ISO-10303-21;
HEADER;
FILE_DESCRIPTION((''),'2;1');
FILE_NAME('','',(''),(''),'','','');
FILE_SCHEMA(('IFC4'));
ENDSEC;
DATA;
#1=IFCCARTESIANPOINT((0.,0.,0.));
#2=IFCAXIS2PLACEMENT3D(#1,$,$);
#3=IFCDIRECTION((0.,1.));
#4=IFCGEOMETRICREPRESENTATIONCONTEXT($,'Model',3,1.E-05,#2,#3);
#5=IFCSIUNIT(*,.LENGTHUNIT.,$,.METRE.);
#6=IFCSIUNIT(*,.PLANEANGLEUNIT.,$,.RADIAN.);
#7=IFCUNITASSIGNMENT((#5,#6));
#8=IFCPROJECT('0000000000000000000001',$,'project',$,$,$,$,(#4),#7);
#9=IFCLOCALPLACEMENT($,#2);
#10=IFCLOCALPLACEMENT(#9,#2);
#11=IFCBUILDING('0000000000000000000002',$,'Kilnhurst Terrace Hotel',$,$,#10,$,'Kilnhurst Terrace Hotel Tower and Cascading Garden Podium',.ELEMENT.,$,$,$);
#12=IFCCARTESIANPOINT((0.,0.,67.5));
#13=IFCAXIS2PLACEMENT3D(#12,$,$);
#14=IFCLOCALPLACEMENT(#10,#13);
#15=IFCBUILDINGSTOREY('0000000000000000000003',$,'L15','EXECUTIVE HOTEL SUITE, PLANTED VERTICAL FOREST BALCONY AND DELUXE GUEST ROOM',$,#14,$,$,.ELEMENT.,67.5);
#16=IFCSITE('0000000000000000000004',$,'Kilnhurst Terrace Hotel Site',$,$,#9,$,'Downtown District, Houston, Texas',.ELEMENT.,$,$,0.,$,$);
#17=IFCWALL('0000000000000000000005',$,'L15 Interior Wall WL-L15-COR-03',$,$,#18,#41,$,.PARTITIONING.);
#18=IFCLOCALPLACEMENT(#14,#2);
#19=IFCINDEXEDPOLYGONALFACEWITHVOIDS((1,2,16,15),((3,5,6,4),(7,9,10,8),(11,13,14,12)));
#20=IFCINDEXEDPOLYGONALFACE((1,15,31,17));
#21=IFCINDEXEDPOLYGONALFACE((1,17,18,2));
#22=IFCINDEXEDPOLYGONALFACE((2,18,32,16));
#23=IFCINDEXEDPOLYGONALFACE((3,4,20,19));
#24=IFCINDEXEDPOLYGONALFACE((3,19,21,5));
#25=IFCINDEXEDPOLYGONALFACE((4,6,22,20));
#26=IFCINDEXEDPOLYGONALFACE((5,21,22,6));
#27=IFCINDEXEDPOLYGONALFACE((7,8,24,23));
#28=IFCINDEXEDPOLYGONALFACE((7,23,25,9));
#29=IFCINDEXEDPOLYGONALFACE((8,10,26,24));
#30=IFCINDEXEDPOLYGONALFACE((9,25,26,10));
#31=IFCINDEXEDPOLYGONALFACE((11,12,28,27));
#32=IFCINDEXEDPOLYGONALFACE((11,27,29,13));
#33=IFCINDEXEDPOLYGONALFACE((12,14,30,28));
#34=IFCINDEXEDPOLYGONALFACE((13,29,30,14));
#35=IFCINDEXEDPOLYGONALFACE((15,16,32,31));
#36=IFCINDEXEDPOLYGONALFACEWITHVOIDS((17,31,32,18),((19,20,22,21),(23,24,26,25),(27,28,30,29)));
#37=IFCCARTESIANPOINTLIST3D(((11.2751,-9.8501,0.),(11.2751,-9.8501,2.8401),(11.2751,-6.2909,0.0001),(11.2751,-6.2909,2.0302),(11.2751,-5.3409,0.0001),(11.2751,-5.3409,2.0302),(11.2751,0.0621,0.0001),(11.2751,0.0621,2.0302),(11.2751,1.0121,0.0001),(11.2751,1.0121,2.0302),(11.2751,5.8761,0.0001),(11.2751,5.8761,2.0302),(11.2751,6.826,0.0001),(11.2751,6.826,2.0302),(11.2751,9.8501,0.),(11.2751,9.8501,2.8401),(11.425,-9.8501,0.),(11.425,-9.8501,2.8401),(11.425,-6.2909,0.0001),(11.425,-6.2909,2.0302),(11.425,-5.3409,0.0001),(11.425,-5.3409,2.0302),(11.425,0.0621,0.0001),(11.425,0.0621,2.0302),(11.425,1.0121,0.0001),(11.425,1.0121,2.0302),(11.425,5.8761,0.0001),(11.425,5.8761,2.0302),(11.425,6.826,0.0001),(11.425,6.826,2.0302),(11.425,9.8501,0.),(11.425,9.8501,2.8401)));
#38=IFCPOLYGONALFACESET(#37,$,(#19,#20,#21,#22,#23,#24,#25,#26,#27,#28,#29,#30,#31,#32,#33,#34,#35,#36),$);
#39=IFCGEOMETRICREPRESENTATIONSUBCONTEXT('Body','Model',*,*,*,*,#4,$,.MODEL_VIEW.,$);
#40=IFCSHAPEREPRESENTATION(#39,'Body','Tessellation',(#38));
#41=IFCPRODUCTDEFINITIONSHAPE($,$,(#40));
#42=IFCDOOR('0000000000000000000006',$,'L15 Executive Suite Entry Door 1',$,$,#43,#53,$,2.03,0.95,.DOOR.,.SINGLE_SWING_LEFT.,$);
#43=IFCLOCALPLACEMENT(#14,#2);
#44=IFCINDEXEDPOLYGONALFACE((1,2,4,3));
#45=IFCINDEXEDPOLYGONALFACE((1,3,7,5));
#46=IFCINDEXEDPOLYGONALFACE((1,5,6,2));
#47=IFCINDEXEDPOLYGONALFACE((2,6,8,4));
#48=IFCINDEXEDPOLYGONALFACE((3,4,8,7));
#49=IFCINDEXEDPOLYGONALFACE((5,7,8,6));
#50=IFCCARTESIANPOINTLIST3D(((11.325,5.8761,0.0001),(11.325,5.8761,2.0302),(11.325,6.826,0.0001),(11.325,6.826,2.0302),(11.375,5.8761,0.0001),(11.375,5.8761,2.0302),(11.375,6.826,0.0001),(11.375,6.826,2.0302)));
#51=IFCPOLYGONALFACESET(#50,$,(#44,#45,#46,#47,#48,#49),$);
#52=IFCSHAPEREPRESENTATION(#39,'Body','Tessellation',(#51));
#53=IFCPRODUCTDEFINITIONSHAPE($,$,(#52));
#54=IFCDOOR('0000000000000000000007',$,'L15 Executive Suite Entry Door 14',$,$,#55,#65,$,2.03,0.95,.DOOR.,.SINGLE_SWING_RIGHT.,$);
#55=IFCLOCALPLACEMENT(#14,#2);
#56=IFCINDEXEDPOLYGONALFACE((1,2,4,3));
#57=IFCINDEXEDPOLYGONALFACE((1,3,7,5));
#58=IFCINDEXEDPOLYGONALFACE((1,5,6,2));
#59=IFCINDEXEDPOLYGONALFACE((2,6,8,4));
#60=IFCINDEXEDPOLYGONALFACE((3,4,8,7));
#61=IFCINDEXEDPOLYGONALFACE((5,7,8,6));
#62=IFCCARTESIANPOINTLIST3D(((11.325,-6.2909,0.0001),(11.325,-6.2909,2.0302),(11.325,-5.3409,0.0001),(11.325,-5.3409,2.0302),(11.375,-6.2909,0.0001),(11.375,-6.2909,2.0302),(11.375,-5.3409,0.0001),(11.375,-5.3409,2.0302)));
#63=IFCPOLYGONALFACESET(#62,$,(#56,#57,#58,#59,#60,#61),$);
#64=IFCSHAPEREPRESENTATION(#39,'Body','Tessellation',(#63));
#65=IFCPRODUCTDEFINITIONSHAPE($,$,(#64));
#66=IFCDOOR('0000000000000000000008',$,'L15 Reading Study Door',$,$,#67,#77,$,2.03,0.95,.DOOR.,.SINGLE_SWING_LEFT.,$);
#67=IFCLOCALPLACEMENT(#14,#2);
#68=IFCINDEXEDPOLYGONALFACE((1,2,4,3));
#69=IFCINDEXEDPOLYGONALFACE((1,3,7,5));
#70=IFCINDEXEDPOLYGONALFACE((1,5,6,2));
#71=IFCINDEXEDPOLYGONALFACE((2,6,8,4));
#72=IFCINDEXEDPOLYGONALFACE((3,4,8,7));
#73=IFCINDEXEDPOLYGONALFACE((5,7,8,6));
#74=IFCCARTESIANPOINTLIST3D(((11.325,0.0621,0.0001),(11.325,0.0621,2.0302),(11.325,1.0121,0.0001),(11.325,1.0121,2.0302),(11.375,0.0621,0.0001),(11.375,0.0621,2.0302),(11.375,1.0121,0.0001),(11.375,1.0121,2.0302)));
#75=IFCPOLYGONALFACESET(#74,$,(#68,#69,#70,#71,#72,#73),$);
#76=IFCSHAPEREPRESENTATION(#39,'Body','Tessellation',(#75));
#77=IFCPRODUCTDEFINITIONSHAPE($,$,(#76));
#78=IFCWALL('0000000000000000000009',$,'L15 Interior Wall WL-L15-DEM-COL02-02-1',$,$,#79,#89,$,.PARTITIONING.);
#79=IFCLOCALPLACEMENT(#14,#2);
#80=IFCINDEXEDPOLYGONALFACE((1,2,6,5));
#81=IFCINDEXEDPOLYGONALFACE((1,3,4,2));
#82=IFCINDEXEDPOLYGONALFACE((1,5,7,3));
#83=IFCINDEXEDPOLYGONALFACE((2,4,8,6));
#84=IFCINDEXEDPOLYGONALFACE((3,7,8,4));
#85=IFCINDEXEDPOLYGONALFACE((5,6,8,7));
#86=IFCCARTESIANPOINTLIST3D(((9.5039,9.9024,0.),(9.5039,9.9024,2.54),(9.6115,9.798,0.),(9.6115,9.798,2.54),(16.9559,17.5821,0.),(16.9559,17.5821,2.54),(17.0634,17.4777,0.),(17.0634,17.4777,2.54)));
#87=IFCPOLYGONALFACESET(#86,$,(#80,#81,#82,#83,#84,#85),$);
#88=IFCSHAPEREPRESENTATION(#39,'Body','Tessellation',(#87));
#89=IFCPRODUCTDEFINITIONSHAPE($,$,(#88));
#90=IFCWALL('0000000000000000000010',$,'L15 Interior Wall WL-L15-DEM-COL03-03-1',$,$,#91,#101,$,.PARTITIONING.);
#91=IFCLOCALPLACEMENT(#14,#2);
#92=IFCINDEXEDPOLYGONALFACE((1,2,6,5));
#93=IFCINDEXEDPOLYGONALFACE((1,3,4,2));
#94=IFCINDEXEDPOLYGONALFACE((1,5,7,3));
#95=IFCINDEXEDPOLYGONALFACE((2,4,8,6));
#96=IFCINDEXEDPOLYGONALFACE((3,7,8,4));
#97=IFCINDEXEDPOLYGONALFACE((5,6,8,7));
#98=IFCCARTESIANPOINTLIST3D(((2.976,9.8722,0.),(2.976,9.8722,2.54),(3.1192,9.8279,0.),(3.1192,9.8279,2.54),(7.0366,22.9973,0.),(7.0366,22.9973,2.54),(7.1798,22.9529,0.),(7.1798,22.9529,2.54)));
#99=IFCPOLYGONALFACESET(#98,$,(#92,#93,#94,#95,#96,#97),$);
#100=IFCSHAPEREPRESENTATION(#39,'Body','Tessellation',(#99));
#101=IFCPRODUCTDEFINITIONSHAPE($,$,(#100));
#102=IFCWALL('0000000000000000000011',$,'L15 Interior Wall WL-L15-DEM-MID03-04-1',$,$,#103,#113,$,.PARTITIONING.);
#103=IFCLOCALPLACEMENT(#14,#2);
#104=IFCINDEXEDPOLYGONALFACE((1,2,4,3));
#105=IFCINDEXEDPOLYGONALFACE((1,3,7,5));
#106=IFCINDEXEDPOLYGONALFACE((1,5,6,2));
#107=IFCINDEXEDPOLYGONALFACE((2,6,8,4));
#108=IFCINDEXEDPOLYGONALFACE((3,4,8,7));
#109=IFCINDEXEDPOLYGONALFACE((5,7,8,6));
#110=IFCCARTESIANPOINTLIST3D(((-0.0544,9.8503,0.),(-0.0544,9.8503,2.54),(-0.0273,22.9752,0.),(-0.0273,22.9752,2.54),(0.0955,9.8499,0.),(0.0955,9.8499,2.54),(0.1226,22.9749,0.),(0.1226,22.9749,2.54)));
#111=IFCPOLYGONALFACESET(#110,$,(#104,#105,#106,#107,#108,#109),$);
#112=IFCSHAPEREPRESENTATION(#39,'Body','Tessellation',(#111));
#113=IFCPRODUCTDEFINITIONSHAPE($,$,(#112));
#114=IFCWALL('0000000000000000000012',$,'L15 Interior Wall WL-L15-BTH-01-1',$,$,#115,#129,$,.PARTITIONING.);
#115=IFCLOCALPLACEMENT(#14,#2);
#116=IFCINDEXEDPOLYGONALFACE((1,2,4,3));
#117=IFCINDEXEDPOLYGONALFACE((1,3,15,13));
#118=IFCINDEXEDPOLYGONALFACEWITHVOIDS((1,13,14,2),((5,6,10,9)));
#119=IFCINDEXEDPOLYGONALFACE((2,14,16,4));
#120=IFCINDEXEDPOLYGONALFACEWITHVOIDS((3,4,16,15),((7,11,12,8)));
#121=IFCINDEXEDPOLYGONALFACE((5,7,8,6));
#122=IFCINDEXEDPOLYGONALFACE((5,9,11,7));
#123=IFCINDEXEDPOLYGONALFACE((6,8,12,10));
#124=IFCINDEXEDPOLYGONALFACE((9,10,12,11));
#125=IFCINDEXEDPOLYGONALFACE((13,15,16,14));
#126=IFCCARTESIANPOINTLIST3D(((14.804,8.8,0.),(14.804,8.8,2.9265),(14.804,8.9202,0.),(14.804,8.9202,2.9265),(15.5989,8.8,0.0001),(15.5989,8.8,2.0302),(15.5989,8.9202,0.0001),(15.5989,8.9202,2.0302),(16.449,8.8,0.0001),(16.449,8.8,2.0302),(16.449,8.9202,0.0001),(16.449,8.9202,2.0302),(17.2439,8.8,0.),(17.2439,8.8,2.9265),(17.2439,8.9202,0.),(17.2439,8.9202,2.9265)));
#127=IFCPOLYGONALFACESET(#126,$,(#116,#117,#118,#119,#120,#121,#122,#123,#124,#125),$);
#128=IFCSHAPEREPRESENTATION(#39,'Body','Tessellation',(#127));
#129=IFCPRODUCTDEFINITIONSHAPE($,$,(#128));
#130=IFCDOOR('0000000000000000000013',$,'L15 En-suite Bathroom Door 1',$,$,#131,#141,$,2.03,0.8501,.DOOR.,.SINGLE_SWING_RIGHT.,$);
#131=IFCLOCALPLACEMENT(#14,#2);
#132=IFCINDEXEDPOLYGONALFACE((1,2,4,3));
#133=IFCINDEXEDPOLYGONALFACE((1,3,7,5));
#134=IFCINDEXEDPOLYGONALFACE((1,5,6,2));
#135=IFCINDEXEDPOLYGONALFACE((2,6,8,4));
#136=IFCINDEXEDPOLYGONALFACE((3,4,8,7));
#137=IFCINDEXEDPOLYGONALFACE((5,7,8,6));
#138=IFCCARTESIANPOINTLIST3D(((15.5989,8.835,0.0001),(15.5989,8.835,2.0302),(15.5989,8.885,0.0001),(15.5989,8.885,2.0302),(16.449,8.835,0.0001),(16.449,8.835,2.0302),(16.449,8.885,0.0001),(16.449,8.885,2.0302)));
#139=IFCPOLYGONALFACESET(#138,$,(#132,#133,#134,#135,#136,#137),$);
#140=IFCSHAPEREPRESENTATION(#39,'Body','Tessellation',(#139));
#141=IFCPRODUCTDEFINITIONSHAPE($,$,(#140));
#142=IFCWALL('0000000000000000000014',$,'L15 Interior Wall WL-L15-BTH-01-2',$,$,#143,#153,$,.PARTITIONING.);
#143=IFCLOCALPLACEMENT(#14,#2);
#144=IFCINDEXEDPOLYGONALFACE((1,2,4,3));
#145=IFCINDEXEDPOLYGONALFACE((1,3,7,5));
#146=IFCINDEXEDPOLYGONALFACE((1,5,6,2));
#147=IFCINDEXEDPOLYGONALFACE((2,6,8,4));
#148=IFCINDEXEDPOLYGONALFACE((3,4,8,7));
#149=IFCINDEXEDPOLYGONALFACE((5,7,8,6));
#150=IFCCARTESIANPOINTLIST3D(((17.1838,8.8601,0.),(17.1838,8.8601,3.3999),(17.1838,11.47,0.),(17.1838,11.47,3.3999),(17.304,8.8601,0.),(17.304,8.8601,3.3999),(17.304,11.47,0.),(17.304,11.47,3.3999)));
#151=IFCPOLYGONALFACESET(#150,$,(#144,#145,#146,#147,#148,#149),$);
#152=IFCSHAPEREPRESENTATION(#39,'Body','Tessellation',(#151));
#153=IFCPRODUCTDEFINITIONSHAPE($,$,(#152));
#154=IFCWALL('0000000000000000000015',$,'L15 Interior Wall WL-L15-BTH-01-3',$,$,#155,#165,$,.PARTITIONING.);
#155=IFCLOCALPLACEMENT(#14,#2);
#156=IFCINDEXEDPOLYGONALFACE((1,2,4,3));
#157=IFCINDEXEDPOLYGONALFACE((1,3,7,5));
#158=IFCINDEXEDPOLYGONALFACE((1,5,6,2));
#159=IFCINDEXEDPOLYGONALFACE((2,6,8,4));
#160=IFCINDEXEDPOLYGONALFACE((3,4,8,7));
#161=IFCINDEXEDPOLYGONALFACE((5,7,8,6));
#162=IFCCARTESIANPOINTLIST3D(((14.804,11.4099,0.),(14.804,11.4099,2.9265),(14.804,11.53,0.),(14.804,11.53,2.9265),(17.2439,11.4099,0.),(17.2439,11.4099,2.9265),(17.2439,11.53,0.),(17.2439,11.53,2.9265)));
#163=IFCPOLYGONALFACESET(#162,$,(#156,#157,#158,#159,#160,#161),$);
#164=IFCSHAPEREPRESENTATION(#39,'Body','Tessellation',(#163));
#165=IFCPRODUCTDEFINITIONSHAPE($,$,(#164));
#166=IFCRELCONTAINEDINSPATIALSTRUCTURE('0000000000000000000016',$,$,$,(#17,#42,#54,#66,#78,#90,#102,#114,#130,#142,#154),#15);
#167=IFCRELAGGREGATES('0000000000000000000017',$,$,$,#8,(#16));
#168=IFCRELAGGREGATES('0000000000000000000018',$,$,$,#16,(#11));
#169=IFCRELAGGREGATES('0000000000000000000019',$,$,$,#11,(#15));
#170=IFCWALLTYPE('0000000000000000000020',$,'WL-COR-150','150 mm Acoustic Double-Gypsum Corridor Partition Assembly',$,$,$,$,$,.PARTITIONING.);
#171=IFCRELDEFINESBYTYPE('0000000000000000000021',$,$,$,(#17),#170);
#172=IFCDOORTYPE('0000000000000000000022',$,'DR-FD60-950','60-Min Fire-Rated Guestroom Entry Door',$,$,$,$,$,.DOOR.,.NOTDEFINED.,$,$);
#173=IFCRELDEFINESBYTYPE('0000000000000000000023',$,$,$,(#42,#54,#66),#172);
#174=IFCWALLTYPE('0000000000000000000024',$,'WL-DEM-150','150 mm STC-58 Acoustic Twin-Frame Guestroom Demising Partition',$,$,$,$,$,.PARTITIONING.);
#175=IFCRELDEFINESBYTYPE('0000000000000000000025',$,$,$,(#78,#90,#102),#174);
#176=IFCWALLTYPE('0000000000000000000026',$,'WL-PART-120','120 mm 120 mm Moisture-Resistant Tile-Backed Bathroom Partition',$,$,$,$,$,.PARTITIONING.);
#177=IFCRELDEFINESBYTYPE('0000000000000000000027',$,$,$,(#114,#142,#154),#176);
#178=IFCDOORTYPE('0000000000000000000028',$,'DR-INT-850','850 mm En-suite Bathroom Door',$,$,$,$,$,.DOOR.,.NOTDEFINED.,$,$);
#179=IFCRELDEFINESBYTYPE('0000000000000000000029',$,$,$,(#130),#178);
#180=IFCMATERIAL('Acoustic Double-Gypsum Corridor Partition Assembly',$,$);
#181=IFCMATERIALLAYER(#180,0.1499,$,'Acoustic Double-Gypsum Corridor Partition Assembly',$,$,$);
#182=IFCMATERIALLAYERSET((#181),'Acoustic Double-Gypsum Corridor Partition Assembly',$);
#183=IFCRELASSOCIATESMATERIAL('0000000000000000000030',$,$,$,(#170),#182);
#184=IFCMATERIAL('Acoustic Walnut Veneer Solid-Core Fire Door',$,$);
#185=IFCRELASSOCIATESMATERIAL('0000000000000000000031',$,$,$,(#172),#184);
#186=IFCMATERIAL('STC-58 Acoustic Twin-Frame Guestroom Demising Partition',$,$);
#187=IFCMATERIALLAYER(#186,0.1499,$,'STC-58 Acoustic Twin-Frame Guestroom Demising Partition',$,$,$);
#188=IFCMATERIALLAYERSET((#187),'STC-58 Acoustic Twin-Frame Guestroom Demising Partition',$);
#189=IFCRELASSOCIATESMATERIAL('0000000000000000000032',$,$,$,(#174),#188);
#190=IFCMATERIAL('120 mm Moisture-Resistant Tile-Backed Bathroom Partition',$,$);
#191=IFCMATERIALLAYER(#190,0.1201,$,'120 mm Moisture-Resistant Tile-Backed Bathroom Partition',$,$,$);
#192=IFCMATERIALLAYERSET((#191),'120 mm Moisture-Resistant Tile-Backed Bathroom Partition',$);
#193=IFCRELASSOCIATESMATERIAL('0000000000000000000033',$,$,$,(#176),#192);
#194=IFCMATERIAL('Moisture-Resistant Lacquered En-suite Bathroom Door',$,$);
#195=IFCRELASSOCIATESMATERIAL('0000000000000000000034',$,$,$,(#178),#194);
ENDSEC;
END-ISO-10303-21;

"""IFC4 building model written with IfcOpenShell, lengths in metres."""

from ifc_helpers import new_model, si_unit, direction, frame, frame_2d, origin, place, context, subcontext, project, spatial, rectangle, extrude, material, layer, layer_set, type_object, element, fill, save


model = new_model("IFC4")

# Units and contexts
model_context = context("Model", 3, precision=1e-05, world=origin(), true_north=direction((0.0, 1.0)))
body_context = subcontext(model_context, "Body", "Model", "MODEL_VIEW")
ifc_project = project(units=[si_unit("LENGTHUNIT", "METRE"), si_unit("PLANEANGLEUNIT", "RADIAN")], contexts=[model_context])

# Site, building, storey
site_placement = place(None, origin())
site = spatial("IfcSite", under=ifc_project, at=site_placement, Name="Kilnhurst Terrace Hotel Site", LongName="Downtown District, Houston, Texas", CompositionType="ELEMENT", RefElevation=0.0)
building_placement = place(site_placement, origin())
building = spatial("IfcBuilding", under=site, at=building_placement, Name="Kilnhurst Terrace Hotel", LongName="Kilnhurst Terrace Hotel Tower and Cascading Garden Podium", CompositionType="ELEMENT")
storey_placement = place(building_placement, frame((0.0, 0.0, 67.5)))
storey = spatial("IfcBuildingStorey", under=building, at=storey_placement, Name="L15", Description="EXECUTIVE HOTEL SUITE, PLANTED VERTICAL FOREST BALCONY AND DELUXE GUEST ROOM", CompositionType="ELEMENT", Elevation=67.5)

# Wall, openings, doors
ifc_material_1 = material(Name="Acoustic Double-Gypsum Corridor Partition Assembly")
ifc_layer_1 = layer(ifc_material_1, 0.1499, Name="Acoustic Double-Gypsum Corridor Partition Assembly")
ifc_layer_set_1 = layer_set([ifc_layer_1], Name="Acoustic Double-Gypsum Corridor Partition Assembly")
wall_type_1 = type_object("IfcWallType", Name="WL-COR-150", Description="150 mm Acoustic Double-Gypsum Corridor Partition Assembly", PredefinedType="PARTITIONING", material=ifc_layer_set_1)
wall_1_placement = place(storey_placement, frame((11.3501, 9.8501, 0.0), z_axis=(0.0, 0.0, 1.0), x_axis=(0.0, -1.0, 0.0)))
wall_1 = element("IfcWall", 1, at=wall_1_placement, inside=storey, type_object=wall_type_1, Name="L15 Interior Wall WL-L15-COR-03", PredefinedType="PARTITIONING", context=body_context, shape_type="SweptSolid", body=[
    extrude(rectangle(XDim=19.7002, YDim=0.1499, at=frame_2d((9.8501, 0.0))), origin(), (0.0, 0.0, 1.0), 2.8401),
])
opening_1_placement = place(wall_1_placement, frame((3.0239, 0.0, 0.0)))
opening_1 = element("IfcOpeningElement", 2, at=opening_1_placement, cuts=wall_1, PredefinedType="OPENING", context=body_context, shape_type="SweptSolid", body=[
    extrude(rectangle(XDim=0.95, YDim=2.03, at=frame_2d((0.4751, 1.0151))), frame((0.0, 0.085, 0.0), z_axis=(0.0, -1.0, 0.0), x_axis=(1.0, 0.0, 0.0)), (0.0, 0.0, 1.0), 0.1699),
])
opening_2_placement = place(wall_1_placement, frame((15.1909, 0.0, 0.0)))
opening_2 = element("IfcOpeningElement", 3, at=opening_2_placement, cuts=wall_1, PredefinedType="OPENING", context=body_context, shape_type="SweptSolid", body=[
    extrude(rectangle(XDim=0.95, YDim=2.03, at=frame_2d((0.4751, 1.0151))), frame((0.0, 0.085, 0.0), z_axis=(0.0, -1.0, 0.0), x_axis=(1.0, 0.0, 0.0)), (0.0, 0.0, 1.0), 0.1699),
])
opening_3_placement = place(wall_1_placement, frame((8.8379, 0.0, 0.0)))
opening_3 = element("IfcOpeningElement", 4, at=opening_3_placement, cuts=wall_1, PredefinedType="OPENING", context=body_context, shape_type="SweptSolid", body=[
    extrude(rectangle(XDim=0.95, YDim=2.03, at=frame_2d((0.4751, 1.0151))), frame((0.0, 0.085, 0.0), z_axis=(0.0, -1.0, 0.0), x_axis=(1.0, 0.0, 0.0)), (0.0, 0.0, 1.0), 0.1699),
])
ifc_material_2 = material(Name="Acoustic Walnut Veneer Solid-Core Fire Door")
door_type_1 = type_object("IfcDoorType", Name="DR-FD60-950", Description="60-Min Fire-Rated Guestroom Entry Door", OperationType="NOTDEFINED", PredefinedType="DOOR", material=ifc_material_2)
door_1_placement = place(opening_1_placement, origin())
door_1 = element("IfcDoor", 5, at=door_1_placement, inside=storey, type_object=door_type_1, Name="L15 Executive Suite Entry Door 1", OperationType="SINGLE_SWING_LEFT", OverallHeight=2.03, OverallWidth=0.95, PredefinedType="DOOR", context=body_context, shape_type="SweptSolid", body=[
    extrude(rectangle(XDim=0.95, YDim=2.03, at=frame_2d((0.4751, 1.0151))), frame((0.0, 0.0249, 0.0), z_axis=(0.0, -1.0, 0.0), x_axis=(1.0, 0.0, 0.0)), (0.0, 0.0, 1.0), 0.05),
])
fill(opening_1, door_1)
door_2_placement = place(opening_2_placement, origin())
door_2 = element("IfcDoor", 6, at=door_2_placement, inside=storey, type_object=door_type_1, Name="L15 Executive Suite Entry Door 14", OperationType="SINGLE_SWING_RIGHT", OverallHeight=2.03, OverallWidth=0.95, PredefinedType="DOOR", context=body_context, shape_type="SweptSolid", body=[
    extrude(rectangle(XDim=0.95, YDim=2.03, at=frame_2d((0.4751, 1.0151))), frame((0.0, 0.0249, 0.0), z_axis=(0.0, -1.0, 0.0), x_axis=(1.0, 0.0, 0.0)), (0.0, 0.0, 1.0), 0.05),
])
fill(opening_2, door_2)
door_3_placement = place(opening_3_placement, origin())
door_3 = element("IfcDoor", 7, at=door_3_placement, inside=storey, type_object=door_type_1, Name="L15 Reading Study Door", OperationType="SINGLE_SWING_LEFT", OverallHeight=2.03, OverallWidth=0.95, PredefinedType="DOOR", context=body_context, shape_type="SweptSolid", body=[
    extrude(rectangle(XDim=0.95, YDim=2.03, at=frame_2d((0.4751, 1.0151))), frame((0.0, 0.0249, 0.0), z_axis=(0.0, -1.0, 0.0), x_axis=(1.0, 0.0, 0.0)), (0.0, 0.0, 1.0), 0.05),
])
fill(opening_3, door_3)

# Walls
ifc_material_3 = material(Name="STC-58 Acoustic Twin-Frame Guestroom Demising Partition")
ifc_layer_2 = layer(ifc_material_3, 0.1499, Name="STC-58 Acoustic Twin-Frame Guestroom Demising Partition")
ifc_layer_set_2 = layer_set([ifc_layer_2], Name="STC-58 Acoustic Twin-Frame Guestroom Demising Partition")
wall_type_2 = type_object("IfcWallType", Name="WL-DEM-150", Description="150 mm STC-58 Acoustic Twin-Frame Guestroom Demising Partition", PredefinedType="PARTITIONING", material=ifc_layer_set_2)
wall_2_placement = place(storey_placement, frame((9.5576, 9.8501, 0.0), z_axis=(0.0, 0.0, 1.0), x_axis=(0.696383, 0.71767, 0.0)))
element("IfcWall", 8, at=wall_2_placement, inside=storey, type_object=wall_type_2, Name="L15 Interior Wall WL-L15-DEM-COL02-02-1", PredefinedType="PARTITIONING", context=body_context, shape_type="SweptSolid", body=[
    extrude(rectangle(XDim=10.7009, YDim=0.1499, at=frame_2d((5.3506, 0.0))), origin(), (0.0, 0.0, 1.0), 2.54),
])
wall_3_placement = place(storey_placement, frame((3.0476, 9.8501, 0.0), z_axis=(0.0, 0.0, 1.0), x_axis=(0.295554, 0.955326, 0.0)))
element("IfcWall", 9, at=wall_3_placement, inside=storey, type_object=wall_type_2, Name="L15 Interior Wall WL-L15-DEM-COL03-03-1", PredefinedType="PARTITIONING", context=body_context, shape_type="SweptSolid", body=[
    extrude(rectangle(XDim=13.7388, YDim=0.1499, at=frame_2d((6.8694, 0.0))), origin(), (0.0, 0.0, 1.0), 2.54),
])
wall_4_placement = place(storey_placement, frame((0.0205, 9.8501, 0.0), z_axis=(0.0, 0.0, 1.0), x_axis=(0.002065, 0.999998, 0.0)))
element("IfcWall", 10, at=wall_4_placement, inside=storey, type_object=wall_type_2, Name="L15 Interior Wall WL-L15-DEM-MID03-04-1", PredefinedType="PARTITIONING", context=body_context, shape_type="SweptSolid", body=[
    extrude(rectangle(XDim=13.125, YDim=0.1499, at=frame_2d((6.5625, 0.0))), origin(), (0.0, 0.0, 1.0), 2.54),
])

# Wall, opening, door
ifc_material_4 = material(Name="120 mm Moisture-Resistant Tile-Backed Bathroom Partition")
ifc_layer_3 = layer(ifc_material_4, 0.1201, Name="120 mm Moisture-Resistant Tile-Backed Bathroom Partition")
ifc_layer_set_3 = layer_set([ifc_layer_3], Name="120 mm Moisture-Resistant Tile-Backed Bathroom Partition")
wall_type_3 = type_object("IfcWallType", Name="WL-PART-120", Description="120 mm 120 mm Moisture-Resistant Tile-Backed Bathroom Partition", PredefinedType="PARTITIONING", material=ifc_layer_set_3)
wall_5_placement = place(storey_placement, frame((14.804, 8.8601, 0.0), z_axis=(0.0, 0.0, 1.0), x_axis=(1.0, 0.0, 0.0)))
wall_5 = element("IfcWall", 11, at=wall_5_placement, inside=storey, type_object=wall_type_3, Name="L15 Interior Wall WL-L15-BTH-01-1", PredefinedType="PARTITIONING", context=body_context, shape_type="SweptSolid", body=[
    extrude(rectangle(XDim=2.4399, YDim=0.1201, at=frame_2d((1.22, 0.0))), origin(), (0.0, 0.0, 1.0), 2.9265),
])
opening_4_placement = place(wall_5_placement, frame((0.7949, 0.0, 0.0)))
opening_4 = element("IfcOpeningElement", 12, at=opening_4_placement, cuts=wall_5, PredefinedType="OPENING", context=body_context, shape_type="SweptSolid", body=[
    extrude(rectangle(XDim=0.8501, YDim=2.03, at=frame_2d((0.425, 1.0151))), frame((0.0, 0.0701, 0.0), z_axis=(0.0, -1.0, 0.0), x_axis=(1.0, 0.0, 0.0)), (0.0, 0.0, 1.0), 0.1401),
])
ifc_material_5 = material(Name="Moisture-Resistant Lacquered En-suite Bathroom Door")
door_type_2 = type_object("IfcDoorType", Name="DR-INT-850", Description="850 mm En-suite Bathroom Door", OperationType="NOTDEFINED", PredefinedType="DOOR", material=ifc_material_5)
door_4_placement = place(opening_4_placement, origin())
door_4 = element("IfcDoor", 13, at=door_4_placement, inside=storey, type_object=door_type_2, Name="L15 En-suite Bathroom Door 1", OperationType="SINGLE_SWING_RIGHT", OverallHeight=2.03, OverallWidth=0.8501, PredefinedType="DOOR", context=body_context, shape_type="SweptSolid", body=[
    extrude(rectangle(XDim=0.8501, YDim=2.03, at=frame_2d((0.425, 1.0151))), frame((0.0, 0.0249, 0.0), z_axis=(0.0, -1.0, 0.0), x_axis=(1.0, 0.0, 0.0)), (0.0, 0.0, 1.0), 0.05),
])
fill(opening_4, door_4)

# Walls
wall_6_placement = place(storey_placement, frame((17.2439, 8.8601, 0.0), z_axis=(0.0, 0.0, 1.0), x_axis=(0.0, 1.0, 0.0)))
element("IfcWall", 14, at=wall_6_placement, inside=storey, type_object=wall_type_3, Name="L15 Interior Wall WL-L15-BTH-01-2", PredefinedType="PARTITIONING", context=body_context, shape_type="SweptSolid", body=[
    extrude(rectangle(XDim=2.6099, YDim=0.1201, at=frame_2d((1.3049, 0.0))), origin(), (0.0, 0.0, 1.0), 3.3999),
])
wall_7_placement = place(storey_placement, frame((17.2439, 11.47, 0.0), z_axis=(0.0, 0.0, 1.0), x_axis=(-1.0, 0.0, 0.0)))
element("IfcWall", 15, at=wall_7_placement, inside=storey, type_object=wall_type_3, Name="L15 Interior Wall WL-L15-BTH-01-3", PredefinedType="PARTITIONING", context=body_context, shape_type="SweptSolid", body=[
    extrude(rectangle(XDim=2.4399, YDim=0.1201, at=frame_2d((1.22, 0.0))), origin(), (0.0, 0.0, 1.0), 2.9265),
])

save(model, "model.ifc")
